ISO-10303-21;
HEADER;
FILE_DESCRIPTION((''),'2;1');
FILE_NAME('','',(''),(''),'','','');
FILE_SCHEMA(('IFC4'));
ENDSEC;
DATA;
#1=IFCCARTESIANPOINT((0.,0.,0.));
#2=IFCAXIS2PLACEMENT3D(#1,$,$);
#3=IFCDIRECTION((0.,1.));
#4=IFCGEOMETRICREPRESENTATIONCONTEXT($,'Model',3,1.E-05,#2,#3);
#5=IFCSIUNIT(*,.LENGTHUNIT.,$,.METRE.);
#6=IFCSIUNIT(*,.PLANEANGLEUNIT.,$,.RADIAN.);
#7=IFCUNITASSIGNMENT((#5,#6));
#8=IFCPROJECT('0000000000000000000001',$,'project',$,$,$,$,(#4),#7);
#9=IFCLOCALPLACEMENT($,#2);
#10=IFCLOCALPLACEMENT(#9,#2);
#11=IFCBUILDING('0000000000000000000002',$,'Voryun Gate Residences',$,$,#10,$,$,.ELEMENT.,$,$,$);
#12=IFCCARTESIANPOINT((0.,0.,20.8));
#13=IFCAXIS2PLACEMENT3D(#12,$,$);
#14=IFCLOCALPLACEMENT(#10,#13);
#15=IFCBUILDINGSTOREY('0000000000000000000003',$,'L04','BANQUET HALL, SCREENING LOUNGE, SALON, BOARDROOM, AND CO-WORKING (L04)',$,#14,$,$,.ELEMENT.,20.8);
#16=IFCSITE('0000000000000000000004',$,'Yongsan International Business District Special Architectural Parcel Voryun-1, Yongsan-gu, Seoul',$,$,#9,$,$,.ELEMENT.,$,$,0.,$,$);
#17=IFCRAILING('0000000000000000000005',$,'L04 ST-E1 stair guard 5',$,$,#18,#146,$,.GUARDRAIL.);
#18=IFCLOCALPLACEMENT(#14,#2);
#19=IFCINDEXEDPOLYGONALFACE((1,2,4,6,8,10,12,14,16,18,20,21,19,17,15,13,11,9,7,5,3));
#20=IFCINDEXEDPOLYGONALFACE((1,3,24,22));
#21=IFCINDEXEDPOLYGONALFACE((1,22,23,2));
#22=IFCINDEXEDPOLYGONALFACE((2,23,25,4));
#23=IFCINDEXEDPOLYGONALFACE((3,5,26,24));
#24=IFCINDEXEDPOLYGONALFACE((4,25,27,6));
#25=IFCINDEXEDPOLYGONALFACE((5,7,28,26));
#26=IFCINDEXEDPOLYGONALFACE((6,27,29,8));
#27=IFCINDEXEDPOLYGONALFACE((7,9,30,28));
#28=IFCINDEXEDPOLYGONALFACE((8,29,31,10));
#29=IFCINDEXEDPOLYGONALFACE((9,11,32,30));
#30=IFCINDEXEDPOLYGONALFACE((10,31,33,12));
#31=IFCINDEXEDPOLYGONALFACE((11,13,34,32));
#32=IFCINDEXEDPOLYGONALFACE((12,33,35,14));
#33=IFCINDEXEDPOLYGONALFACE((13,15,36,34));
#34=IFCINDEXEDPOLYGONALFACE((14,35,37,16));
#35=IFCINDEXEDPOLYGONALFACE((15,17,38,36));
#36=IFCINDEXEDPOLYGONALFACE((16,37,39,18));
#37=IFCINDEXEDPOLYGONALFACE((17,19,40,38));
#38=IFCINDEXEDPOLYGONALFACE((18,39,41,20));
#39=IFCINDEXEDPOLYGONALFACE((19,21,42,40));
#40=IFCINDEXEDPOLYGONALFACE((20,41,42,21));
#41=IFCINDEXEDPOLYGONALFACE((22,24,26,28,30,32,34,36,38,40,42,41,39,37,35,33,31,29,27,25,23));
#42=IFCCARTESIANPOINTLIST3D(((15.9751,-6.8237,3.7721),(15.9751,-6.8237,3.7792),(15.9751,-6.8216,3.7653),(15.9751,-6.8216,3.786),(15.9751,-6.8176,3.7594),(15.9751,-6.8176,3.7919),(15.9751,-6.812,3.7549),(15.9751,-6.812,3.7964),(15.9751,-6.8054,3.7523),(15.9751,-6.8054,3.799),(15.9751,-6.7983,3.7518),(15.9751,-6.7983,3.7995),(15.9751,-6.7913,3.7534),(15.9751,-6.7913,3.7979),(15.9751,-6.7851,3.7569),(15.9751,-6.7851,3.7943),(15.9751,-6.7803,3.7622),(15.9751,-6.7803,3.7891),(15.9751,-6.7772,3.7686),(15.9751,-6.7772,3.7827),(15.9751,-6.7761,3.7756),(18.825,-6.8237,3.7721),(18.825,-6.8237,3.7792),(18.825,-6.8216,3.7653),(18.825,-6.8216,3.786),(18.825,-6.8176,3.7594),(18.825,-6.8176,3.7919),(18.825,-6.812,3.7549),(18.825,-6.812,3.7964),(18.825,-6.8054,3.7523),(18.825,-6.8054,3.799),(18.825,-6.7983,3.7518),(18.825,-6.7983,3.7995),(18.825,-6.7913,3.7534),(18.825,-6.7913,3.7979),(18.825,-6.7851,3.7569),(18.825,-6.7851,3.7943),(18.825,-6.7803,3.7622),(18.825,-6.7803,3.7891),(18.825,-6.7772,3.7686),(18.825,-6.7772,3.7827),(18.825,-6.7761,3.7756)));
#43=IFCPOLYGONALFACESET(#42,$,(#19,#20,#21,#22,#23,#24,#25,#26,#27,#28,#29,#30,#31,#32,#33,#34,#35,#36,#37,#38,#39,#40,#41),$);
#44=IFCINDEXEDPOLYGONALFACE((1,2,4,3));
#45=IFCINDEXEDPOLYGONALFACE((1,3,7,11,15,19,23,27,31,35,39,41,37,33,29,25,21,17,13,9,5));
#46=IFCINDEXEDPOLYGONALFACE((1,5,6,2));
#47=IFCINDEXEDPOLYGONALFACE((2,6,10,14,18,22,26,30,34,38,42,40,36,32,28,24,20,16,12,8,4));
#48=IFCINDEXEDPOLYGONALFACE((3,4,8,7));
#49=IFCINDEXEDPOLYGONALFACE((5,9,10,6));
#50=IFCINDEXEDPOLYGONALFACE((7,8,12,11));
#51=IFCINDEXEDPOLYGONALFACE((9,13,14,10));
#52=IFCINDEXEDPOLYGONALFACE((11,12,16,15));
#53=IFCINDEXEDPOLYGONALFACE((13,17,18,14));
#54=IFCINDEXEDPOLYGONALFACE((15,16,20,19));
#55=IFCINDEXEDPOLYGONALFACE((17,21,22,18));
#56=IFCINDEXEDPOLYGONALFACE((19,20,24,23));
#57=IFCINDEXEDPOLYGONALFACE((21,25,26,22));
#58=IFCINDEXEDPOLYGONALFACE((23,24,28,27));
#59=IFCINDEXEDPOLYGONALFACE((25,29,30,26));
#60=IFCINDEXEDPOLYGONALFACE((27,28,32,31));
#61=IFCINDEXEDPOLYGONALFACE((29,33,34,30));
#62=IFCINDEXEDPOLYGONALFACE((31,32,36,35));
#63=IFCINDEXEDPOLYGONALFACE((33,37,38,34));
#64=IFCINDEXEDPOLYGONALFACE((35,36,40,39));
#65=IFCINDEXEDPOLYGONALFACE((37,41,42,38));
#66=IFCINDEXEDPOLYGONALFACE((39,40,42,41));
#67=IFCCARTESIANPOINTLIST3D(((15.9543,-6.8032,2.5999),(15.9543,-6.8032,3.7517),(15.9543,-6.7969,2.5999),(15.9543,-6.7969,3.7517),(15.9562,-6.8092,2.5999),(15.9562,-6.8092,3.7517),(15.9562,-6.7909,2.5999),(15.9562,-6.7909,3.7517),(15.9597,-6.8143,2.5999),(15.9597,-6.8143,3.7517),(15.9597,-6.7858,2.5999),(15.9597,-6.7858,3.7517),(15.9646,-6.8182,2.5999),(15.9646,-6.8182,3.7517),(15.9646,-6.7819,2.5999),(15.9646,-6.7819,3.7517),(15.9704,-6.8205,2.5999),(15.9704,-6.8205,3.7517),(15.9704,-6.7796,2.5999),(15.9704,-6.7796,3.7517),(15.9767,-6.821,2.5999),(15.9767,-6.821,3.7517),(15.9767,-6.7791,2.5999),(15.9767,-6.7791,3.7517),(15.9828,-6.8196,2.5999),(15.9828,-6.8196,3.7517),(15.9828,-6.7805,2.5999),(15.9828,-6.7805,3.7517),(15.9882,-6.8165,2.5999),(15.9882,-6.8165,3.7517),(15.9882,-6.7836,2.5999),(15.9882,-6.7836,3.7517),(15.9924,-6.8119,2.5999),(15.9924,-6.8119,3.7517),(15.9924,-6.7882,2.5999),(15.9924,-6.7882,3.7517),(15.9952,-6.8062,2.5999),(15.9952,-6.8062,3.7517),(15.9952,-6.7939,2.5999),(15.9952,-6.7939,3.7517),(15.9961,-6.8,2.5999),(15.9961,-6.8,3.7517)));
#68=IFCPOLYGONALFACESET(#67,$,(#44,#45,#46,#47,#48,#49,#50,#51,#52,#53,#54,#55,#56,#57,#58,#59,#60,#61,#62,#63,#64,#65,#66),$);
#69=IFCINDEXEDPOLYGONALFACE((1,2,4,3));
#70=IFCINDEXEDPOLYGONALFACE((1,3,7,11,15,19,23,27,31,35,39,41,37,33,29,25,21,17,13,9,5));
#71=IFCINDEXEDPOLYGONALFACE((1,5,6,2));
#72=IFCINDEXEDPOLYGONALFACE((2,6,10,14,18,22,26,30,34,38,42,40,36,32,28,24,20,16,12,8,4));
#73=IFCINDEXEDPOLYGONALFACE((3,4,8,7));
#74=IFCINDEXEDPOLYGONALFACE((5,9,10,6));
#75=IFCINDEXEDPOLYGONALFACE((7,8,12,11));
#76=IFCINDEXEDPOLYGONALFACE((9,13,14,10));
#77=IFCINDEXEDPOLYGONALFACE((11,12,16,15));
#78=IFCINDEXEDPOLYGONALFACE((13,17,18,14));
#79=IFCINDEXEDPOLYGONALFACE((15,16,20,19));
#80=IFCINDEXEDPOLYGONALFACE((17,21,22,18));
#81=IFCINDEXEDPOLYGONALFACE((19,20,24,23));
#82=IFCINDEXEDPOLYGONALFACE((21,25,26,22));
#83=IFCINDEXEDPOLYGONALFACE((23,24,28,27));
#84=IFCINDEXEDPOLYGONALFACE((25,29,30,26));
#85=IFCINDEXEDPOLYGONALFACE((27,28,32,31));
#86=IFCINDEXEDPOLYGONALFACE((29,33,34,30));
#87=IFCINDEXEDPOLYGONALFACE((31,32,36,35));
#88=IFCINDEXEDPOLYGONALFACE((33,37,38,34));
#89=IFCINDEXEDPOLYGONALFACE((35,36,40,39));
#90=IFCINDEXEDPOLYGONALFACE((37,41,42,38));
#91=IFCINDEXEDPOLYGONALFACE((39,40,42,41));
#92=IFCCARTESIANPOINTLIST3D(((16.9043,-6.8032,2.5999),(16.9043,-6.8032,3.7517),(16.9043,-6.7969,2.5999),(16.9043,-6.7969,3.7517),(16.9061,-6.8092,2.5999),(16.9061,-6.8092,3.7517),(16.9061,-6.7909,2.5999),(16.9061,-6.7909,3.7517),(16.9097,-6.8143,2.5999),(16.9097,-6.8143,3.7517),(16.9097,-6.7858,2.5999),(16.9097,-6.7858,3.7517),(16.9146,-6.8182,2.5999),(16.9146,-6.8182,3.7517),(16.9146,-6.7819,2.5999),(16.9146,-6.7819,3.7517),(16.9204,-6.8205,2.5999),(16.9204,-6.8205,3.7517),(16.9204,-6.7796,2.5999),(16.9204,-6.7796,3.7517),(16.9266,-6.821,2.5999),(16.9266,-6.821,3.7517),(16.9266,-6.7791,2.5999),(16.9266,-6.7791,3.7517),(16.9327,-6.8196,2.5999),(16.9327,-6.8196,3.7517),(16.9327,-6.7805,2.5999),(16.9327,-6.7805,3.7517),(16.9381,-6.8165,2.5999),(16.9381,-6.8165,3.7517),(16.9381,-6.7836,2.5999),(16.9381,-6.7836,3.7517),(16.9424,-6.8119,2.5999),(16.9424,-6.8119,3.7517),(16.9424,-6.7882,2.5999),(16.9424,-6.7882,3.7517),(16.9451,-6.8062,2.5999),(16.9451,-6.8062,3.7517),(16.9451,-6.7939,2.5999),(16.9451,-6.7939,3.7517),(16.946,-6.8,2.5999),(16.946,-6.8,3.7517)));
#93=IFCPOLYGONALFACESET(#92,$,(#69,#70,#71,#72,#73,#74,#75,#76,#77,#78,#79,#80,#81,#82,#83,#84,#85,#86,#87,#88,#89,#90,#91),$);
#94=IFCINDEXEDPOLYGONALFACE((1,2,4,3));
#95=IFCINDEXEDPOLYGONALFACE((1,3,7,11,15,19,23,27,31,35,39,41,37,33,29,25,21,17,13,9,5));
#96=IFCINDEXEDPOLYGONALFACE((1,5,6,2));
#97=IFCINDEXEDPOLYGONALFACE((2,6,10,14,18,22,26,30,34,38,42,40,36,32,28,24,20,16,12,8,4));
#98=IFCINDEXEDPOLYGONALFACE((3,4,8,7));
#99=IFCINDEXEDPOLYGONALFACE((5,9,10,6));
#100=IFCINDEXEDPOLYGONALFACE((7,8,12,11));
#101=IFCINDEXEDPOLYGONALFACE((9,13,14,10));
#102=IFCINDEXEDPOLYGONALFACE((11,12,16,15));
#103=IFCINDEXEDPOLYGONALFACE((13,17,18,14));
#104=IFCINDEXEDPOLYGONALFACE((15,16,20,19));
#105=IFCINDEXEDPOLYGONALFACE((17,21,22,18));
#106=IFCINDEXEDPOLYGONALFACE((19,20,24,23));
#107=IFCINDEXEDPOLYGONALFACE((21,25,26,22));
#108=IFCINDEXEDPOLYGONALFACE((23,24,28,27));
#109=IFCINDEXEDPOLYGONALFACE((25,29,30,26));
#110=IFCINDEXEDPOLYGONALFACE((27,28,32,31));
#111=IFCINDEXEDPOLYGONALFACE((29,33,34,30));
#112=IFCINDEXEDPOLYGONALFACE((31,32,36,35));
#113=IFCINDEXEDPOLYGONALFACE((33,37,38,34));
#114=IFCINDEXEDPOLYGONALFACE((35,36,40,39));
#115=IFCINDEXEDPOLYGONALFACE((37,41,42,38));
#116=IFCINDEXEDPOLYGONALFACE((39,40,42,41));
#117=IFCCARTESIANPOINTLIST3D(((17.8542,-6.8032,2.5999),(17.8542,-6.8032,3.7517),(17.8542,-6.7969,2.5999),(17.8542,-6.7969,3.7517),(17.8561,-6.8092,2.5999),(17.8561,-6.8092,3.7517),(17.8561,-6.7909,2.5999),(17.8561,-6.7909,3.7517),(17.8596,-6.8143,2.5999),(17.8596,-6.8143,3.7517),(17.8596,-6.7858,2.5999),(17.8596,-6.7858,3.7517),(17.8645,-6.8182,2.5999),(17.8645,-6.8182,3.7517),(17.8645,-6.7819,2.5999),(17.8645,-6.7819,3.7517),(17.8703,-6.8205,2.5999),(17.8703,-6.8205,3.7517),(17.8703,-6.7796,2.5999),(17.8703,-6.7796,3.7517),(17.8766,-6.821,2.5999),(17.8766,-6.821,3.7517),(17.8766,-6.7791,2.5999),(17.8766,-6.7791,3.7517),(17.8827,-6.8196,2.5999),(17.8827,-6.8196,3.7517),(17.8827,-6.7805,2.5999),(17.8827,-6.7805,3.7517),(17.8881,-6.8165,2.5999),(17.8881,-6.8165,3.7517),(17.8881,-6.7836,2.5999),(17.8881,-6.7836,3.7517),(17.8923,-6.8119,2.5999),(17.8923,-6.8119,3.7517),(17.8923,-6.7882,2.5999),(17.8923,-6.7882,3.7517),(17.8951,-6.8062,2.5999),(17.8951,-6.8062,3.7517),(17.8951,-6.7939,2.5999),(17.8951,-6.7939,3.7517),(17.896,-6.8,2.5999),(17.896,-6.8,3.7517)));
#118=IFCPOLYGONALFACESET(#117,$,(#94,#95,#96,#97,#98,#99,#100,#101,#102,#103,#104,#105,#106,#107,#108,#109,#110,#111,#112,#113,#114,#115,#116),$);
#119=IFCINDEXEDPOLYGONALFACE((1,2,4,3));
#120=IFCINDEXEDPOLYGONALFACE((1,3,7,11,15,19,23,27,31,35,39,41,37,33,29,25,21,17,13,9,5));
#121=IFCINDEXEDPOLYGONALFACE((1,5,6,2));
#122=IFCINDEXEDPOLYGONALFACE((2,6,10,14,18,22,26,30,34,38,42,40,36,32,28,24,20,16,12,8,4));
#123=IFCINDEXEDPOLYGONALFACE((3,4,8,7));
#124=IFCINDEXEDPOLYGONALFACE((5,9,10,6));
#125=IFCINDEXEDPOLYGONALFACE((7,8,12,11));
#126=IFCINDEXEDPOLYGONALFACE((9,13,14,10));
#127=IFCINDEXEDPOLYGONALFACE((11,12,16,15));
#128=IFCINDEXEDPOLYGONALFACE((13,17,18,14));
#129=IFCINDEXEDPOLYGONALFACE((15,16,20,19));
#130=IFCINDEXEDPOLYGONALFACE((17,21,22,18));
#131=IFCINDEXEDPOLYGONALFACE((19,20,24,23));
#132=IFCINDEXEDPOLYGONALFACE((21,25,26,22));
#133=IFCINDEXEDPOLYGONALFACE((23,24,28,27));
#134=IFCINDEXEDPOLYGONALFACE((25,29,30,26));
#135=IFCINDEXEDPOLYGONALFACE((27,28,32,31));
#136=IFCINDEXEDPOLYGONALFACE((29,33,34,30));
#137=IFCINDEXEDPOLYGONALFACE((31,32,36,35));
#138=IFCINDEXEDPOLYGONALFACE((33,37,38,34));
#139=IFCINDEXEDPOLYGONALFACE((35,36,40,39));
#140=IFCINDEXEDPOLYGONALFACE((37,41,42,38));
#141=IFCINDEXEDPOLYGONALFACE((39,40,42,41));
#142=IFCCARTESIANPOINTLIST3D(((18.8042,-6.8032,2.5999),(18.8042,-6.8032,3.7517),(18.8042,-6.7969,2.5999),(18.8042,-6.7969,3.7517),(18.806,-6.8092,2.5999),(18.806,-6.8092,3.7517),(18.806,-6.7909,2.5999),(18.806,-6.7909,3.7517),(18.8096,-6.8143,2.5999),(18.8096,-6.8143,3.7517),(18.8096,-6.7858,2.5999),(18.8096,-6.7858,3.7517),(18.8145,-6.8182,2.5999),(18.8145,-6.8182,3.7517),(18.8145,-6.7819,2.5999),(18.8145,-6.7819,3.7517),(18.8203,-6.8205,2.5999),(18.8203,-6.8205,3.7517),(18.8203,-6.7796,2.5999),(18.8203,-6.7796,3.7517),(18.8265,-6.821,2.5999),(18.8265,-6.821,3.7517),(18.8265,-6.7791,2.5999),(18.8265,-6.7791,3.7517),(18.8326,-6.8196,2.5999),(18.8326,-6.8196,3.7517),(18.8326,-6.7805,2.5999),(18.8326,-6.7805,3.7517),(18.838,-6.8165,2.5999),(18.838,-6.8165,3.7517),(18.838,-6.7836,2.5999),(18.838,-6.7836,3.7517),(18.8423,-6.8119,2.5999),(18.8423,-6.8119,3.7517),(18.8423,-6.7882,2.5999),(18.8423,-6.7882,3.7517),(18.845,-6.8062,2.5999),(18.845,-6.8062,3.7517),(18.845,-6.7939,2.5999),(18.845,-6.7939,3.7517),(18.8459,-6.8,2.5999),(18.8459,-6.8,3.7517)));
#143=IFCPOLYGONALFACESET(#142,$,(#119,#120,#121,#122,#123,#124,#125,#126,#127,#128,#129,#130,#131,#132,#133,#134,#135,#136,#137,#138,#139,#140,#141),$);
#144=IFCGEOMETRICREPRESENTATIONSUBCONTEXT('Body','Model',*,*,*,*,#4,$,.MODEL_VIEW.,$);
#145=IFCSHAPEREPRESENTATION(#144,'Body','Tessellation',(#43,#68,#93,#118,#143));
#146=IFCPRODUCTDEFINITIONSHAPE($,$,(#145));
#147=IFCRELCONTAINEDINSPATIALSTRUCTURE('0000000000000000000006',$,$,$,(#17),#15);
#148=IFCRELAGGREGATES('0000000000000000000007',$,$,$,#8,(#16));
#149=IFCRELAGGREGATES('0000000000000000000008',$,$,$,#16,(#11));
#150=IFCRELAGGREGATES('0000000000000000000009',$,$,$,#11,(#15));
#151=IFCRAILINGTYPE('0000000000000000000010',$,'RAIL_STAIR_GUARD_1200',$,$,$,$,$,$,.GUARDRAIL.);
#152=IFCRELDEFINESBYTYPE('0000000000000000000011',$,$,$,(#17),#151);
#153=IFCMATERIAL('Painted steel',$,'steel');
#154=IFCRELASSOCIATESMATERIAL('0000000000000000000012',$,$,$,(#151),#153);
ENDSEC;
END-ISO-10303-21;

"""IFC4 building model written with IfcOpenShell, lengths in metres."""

from ifc_helpers import new_model, si_unit, direction, frame, origin, origin_2d, place, context, subcontext, project, spatial, circle, extrude, material, type_object, element, save


model = new_model("IFC4")

# Units and contexts
model_context = context("Model", 3, precision=1e-05, world=origin(), true_north=direction((0.0, 1.0)))
body_context = subcontext(model_context, "Body", "Model", "MODEL_VIEW")
ifc_project = project(units=[si_unit("LENGTHUNIT", "METRE"), si_unit("PLANEANGLEUNIT", "RADIAN")], contexts=[model_context])

# Site, building, storey
site_placement = place(None, origin())
site = spatial("IfcSite", under=ifc_project, at=site_placement, Name="Yongsan International Business District Special Architectural Parcel Voryun-1, Yongsan-gu, Seoul", CompositionType="ELEMENT", RefElevation=0.0)
building_placement = place(site_placement, origin())
building = spatial("IfcBuilding", under=site, at=building_placement, Name="Voryun Gate Residences", CompositionType="ELEMENT")
storey_placement = place(building_placement, frame((0.0, 0.0, 20.8)))
storey = spatial("IfcBuildingStorey", under=building, at=storey_placement, Name="L04", Description="BANQUET HALL, SCREENING LOUNGE, SALON, BOARDROOM, AND CO-WORKING (L04)", CompositionType="ELEMENT", Elevation=20.8)

# Railing
ifc_material_1 = material(Name="Painted steel", Category="steel")
railing_type = type_object("IfcRailingType", Name="RAIL_STAIR_GUARD_1200", PredefinedType="GUARDRAIL", material=ifc_material_1)
railing_1_placement = place(storey_placement, frame((15.9751, -6.8, 2.5999)))
element("IfcRailing", 1, at=railing_1_placement, inside=storey, type_object=railing_type, Name="L04 ST-E1 stair guard 5", PredefinedType="GUARDRAIL", context=body_context, shape_type="SweptSolid", body=[
    extrude(circle(Radius=0.0239, at=origin_2d()), frame((0.0, 0.0, 1.1758), z_axis=(1.0, 0.0, 0.0), x_axis=(0.0, 1.0, 0.0)), (0.0, 0.0, 1.0), 2.8499),
    extrude(circle(Radius=0.021, at=origin_2d()), origin(), (0.0, 0.0, 1.0), 1.1519),
    extrude(circle(Radius=0.021, at=origin_2d()), frame((0.95, 0.0, 0.0)), (0.0, 0.0, 1.0), 1.1519),
    extrude(circle(Radius=0.021, at=origin_2d()), frame((1.8999, 0.0, 0.0)), (0.0, 0.0, 1.0), 1.1519),
    extrude(circle(Radius=0.021, at=origin_2d()), frame((2.8499, 0.0, 0.0)), (0.0, 0.0, 1.0), 1.1519),
])

save(model, "model.ifc")
